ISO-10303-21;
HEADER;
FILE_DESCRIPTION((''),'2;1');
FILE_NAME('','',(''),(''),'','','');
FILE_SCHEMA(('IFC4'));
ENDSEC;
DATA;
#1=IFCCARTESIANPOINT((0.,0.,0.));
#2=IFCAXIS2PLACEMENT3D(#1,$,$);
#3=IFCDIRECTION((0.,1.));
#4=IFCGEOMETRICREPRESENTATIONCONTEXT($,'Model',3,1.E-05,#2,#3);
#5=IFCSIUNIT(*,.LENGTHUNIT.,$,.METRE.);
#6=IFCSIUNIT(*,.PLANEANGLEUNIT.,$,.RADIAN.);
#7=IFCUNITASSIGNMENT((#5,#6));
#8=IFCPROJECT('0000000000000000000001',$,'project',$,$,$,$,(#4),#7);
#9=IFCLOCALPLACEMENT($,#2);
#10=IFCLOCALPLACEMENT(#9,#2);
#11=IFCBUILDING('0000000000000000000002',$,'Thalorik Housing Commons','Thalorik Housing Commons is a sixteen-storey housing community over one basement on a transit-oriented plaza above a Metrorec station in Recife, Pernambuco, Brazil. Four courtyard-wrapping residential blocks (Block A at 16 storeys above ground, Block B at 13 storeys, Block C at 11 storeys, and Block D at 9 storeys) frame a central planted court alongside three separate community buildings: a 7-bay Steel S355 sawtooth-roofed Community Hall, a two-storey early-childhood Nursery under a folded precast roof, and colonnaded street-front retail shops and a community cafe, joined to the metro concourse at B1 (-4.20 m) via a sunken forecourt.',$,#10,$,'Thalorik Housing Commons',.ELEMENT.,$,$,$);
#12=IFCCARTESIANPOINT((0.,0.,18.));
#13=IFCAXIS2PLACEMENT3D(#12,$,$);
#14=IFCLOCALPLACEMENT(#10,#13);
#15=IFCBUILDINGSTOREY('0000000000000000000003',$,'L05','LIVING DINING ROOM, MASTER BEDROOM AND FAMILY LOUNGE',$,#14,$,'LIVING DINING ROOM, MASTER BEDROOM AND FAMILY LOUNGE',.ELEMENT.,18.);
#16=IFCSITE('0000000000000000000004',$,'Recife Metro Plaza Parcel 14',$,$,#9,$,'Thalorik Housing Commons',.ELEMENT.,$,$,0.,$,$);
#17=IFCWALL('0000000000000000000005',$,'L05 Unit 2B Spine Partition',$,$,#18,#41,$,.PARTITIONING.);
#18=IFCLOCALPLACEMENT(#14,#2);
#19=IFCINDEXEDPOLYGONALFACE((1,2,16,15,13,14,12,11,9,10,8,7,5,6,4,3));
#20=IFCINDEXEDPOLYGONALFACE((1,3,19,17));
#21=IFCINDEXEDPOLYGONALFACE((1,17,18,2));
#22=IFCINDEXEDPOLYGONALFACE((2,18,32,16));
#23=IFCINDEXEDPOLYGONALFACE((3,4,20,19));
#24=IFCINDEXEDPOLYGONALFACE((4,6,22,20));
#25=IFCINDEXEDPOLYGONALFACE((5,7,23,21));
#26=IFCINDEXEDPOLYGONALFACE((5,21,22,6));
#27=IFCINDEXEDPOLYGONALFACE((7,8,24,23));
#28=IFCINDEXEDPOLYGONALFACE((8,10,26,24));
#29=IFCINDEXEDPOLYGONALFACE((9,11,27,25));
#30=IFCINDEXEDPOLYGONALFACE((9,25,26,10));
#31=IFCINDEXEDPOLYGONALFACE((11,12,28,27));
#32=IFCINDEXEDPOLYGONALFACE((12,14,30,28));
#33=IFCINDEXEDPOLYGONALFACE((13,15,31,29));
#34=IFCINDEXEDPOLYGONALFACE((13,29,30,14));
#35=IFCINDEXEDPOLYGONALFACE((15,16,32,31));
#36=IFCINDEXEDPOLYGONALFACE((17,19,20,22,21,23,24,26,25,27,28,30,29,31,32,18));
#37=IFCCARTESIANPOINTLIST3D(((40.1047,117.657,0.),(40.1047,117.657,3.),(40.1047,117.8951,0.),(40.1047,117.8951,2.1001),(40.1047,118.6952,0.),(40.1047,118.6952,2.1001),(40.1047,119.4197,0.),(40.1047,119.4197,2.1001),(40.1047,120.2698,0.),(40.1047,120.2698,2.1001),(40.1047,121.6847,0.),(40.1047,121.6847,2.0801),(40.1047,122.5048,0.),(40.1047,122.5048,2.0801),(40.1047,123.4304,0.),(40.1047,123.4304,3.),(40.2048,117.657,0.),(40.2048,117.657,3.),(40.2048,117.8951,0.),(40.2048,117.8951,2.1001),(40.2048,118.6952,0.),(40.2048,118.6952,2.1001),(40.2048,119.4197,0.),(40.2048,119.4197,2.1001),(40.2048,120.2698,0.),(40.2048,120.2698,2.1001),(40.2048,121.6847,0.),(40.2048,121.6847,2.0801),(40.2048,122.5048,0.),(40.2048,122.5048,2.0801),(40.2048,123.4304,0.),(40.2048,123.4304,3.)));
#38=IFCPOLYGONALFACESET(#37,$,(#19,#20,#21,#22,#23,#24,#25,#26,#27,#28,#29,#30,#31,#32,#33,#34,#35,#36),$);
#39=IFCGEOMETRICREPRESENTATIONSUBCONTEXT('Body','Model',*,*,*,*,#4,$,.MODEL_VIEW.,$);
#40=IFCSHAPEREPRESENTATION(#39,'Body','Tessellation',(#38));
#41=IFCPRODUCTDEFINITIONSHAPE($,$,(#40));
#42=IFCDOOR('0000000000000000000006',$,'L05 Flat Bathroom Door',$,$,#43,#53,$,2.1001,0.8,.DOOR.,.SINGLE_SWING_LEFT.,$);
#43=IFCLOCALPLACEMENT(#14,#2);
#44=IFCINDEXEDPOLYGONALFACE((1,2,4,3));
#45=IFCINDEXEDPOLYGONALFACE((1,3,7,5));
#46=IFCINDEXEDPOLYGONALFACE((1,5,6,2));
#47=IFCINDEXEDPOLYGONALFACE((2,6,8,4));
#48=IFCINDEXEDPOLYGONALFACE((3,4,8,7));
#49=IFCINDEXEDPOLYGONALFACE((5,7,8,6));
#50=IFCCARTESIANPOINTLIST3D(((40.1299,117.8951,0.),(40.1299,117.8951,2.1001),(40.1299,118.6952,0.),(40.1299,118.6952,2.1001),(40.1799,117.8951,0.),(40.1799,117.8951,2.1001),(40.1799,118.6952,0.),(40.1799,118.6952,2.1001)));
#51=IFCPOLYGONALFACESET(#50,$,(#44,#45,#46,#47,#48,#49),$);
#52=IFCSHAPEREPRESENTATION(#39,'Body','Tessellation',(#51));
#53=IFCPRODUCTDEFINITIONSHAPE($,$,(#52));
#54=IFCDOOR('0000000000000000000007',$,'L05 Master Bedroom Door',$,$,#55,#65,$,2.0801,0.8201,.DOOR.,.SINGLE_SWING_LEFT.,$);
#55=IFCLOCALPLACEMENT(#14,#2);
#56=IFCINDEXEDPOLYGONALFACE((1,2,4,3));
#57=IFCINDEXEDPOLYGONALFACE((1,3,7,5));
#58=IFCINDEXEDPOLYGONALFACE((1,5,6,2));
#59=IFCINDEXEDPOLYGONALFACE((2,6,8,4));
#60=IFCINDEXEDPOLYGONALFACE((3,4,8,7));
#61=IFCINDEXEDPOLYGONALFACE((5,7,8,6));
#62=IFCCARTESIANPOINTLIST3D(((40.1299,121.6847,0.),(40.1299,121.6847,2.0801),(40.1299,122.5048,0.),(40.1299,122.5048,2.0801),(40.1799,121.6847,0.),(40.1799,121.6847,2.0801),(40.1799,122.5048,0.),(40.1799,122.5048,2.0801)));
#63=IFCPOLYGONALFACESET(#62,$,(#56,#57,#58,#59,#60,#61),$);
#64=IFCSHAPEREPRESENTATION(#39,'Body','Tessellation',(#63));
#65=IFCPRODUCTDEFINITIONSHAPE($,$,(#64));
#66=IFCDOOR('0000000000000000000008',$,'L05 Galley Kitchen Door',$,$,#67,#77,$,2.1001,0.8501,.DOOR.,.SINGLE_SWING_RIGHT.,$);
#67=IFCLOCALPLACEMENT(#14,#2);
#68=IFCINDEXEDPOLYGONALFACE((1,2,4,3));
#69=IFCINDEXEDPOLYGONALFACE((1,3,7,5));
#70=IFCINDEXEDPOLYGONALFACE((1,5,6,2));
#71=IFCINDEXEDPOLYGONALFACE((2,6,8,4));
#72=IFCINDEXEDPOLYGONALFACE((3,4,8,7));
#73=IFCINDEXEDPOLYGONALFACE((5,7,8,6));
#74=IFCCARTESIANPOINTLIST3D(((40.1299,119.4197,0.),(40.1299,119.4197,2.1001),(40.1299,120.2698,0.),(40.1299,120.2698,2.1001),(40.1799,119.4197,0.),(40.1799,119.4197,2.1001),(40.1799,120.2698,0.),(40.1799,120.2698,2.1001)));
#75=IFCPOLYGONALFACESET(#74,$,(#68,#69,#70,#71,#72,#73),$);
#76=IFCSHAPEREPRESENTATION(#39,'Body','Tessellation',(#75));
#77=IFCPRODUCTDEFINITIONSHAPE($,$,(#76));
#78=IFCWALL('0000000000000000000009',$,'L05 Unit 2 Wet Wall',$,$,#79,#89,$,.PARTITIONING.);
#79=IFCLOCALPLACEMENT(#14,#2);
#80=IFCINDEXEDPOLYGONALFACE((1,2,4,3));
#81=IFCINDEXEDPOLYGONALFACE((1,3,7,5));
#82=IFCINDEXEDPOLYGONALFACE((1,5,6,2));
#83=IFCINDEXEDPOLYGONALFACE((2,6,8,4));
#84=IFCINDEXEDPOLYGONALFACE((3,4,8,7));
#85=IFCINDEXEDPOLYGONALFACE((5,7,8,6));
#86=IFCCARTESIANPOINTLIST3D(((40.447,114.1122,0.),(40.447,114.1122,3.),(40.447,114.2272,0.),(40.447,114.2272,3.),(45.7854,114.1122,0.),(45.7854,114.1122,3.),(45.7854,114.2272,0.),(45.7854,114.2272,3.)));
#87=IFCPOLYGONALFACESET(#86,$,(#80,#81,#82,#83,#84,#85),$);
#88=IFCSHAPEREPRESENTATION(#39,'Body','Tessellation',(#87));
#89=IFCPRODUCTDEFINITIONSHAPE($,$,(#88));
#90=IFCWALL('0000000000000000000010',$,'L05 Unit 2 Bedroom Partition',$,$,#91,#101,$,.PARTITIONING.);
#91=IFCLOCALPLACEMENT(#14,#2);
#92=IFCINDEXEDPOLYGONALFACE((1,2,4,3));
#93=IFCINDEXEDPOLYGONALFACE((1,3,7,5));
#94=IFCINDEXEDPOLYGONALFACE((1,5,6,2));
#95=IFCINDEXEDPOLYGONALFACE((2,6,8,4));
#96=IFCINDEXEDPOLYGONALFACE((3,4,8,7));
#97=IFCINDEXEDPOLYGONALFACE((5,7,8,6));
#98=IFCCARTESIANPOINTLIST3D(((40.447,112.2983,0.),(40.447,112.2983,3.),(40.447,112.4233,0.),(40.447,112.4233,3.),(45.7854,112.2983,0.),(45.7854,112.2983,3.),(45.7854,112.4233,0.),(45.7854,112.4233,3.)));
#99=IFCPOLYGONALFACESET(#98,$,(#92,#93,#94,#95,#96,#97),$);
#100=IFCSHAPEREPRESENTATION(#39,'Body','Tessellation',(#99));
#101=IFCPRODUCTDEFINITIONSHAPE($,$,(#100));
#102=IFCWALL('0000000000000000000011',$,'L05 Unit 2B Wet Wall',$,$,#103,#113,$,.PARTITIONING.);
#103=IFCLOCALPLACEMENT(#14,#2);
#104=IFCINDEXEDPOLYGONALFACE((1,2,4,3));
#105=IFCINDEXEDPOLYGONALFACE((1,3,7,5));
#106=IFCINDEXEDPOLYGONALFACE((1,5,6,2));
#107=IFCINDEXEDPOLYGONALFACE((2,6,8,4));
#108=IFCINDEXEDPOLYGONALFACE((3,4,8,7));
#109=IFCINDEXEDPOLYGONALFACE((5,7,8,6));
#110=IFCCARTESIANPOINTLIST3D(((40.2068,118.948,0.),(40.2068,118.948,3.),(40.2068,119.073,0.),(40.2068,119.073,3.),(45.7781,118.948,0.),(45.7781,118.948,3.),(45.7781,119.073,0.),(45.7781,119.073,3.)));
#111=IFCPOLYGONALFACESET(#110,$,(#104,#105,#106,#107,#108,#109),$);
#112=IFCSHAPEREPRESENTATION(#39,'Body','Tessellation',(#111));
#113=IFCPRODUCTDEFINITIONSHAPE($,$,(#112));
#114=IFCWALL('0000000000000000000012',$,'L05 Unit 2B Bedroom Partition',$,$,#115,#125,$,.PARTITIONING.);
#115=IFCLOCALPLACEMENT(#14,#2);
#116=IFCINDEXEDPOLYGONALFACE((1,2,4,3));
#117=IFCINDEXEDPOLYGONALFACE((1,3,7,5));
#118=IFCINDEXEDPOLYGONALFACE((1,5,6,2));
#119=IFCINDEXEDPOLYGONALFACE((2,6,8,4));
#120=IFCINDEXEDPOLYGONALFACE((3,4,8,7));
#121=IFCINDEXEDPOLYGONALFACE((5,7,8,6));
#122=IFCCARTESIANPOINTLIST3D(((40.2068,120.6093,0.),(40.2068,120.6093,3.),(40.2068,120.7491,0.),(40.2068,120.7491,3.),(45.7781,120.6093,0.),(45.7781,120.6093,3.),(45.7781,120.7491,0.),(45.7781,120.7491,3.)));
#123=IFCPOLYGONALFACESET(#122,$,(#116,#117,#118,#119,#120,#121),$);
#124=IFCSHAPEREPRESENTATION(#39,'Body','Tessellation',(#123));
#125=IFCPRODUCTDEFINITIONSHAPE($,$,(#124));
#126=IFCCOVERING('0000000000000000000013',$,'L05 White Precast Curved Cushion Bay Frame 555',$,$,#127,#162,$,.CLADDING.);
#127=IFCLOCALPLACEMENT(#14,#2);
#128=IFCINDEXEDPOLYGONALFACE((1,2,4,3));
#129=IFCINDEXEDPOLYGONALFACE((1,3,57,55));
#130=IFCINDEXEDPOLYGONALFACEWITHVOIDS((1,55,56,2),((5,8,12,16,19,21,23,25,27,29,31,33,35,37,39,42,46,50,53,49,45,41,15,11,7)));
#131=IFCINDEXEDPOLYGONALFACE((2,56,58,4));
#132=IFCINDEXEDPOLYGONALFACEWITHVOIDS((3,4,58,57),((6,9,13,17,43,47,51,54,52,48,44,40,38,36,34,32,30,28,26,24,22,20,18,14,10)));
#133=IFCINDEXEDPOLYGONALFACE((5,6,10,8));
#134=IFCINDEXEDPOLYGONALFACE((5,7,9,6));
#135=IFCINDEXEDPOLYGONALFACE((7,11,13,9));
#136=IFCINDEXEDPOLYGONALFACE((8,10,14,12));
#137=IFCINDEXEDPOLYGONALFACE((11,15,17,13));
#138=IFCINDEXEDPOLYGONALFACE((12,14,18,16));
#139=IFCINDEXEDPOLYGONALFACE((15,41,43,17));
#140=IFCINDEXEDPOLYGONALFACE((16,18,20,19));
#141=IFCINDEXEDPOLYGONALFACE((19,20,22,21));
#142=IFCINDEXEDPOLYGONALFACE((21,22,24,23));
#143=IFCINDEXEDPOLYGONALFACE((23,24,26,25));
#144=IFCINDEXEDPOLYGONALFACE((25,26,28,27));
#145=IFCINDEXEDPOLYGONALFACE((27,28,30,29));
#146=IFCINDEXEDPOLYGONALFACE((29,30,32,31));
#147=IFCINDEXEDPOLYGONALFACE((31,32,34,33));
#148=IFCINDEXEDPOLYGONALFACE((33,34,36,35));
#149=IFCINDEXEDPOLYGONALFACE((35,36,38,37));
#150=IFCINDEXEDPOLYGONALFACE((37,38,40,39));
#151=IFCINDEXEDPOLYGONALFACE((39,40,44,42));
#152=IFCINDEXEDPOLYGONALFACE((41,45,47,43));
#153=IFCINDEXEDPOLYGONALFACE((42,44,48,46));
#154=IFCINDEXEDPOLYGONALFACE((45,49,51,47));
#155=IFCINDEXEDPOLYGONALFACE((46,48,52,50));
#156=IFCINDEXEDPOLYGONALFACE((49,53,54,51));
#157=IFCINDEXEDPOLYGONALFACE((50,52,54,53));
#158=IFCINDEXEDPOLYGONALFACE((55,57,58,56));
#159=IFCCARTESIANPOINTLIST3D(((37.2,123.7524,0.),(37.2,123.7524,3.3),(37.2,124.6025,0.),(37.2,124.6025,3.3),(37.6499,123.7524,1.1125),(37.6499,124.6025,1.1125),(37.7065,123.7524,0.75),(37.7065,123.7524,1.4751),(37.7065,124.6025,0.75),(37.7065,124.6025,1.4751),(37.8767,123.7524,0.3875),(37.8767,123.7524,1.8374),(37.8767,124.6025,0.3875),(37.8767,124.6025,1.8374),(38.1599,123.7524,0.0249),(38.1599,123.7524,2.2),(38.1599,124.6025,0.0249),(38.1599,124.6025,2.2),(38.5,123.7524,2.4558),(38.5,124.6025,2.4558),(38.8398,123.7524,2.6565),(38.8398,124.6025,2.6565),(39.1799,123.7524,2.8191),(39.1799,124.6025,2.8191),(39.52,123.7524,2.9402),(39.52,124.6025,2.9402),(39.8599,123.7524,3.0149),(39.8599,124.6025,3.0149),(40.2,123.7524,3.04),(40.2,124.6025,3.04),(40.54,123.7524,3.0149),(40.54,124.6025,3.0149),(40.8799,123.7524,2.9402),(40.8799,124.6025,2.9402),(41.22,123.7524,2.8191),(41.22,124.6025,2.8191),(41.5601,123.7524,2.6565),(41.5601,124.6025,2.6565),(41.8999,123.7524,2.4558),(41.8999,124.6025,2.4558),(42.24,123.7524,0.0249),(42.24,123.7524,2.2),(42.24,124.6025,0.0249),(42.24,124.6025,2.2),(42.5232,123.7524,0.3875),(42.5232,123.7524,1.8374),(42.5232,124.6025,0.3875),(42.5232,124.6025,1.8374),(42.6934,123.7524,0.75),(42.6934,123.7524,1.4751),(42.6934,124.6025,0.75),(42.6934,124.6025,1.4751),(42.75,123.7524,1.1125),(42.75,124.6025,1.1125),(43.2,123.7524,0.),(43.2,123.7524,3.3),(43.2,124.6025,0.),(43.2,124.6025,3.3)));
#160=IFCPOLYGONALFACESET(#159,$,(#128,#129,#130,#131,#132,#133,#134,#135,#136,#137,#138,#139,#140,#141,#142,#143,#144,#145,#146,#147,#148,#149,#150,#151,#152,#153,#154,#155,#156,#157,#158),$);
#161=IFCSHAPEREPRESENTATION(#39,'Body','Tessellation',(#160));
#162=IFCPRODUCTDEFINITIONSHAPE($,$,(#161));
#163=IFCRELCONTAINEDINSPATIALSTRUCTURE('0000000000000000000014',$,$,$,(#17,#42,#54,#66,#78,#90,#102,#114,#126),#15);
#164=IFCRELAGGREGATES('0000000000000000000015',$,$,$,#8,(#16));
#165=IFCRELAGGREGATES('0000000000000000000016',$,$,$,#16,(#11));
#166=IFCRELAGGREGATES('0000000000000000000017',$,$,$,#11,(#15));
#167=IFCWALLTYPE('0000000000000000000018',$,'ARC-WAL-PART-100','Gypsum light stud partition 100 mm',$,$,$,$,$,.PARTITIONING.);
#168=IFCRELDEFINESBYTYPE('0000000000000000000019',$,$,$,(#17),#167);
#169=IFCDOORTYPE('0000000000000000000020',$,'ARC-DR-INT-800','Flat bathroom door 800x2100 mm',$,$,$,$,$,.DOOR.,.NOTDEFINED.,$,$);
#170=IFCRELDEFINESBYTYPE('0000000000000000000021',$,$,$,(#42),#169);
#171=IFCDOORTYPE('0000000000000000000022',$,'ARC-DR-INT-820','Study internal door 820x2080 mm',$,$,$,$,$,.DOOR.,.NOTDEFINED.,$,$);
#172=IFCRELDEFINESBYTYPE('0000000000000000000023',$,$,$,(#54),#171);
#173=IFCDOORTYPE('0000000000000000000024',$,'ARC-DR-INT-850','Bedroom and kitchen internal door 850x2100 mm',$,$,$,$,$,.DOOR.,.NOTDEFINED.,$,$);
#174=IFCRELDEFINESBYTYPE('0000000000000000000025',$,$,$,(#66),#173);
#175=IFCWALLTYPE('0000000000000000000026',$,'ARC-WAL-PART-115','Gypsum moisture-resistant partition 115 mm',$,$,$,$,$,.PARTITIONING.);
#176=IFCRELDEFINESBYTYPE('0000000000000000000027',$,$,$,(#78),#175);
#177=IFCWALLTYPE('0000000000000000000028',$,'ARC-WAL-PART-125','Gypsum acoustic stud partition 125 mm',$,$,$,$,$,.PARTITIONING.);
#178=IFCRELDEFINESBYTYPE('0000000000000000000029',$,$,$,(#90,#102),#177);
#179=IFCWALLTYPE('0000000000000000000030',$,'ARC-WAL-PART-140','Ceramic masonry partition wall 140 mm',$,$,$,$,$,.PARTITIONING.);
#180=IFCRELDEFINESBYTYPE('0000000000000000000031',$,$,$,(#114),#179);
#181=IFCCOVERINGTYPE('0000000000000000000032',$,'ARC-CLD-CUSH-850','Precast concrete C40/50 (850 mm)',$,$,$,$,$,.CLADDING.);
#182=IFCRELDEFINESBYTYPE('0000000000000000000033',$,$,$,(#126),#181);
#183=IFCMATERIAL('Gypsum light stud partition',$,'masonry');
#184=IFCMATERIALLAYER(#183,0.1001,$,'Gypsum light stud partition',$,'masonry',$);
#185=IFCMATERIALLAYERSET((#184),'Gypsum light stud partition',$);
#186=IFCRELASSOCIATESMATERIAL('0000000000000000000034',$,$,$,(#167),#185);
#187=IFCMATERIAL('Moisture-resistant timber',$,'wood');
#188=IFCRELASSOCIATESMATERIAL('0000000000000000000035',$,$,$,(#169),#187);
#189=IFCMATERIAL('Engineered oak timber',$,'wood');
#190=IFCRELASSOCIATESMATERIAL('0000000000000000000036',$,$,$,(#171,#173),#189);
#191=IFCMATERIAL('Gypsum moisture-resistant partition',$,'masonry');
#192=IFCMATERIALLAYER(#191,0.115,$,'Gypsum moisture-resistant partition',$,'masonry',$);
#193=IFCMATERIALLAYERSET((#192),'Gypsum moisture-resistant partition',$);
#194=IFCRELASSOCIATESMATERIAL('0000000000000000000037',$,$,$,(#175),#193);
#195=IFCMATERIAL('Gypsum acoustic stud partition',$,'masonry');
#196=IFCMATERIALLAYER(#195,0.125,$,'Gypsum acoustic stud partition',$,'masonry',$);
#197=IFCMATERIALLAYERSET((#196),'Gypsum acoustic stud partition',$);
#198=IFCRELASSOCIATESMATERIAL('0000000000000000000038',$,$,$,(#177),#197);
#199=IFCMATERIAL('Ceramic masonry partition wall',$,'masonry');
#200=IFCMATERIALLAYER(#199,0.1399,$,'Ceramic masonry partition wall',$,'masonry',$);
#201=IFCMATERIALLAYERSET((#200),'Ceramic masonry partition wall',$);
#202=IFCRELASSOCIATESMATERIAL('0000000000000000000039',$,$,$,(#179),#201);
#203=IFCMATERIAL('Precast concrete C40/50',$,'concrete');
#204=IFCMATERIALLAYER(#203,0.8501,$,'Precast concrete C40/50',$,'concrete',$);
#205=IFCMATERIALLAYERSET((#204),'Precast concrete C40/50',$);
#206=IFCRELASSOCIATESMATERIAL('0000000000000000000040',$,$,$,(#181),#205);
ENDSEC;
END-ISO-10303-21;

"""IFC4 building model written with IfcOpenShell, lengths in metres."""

from ifc_helpers import new_model, si_unit, direction, frame, frame_2d, origin, place, context, subcontext, project, spatial, polyline, rectangle, outline, extrude, material, layer, layer_set, type_object, element, fill, save


model = new_model("IFC4")

# Units and contexts
model_context = context("Model", 3, precision=1e-05, world=origin(), true_north=direction((0.0, 1.0)))
body_context = subcontext(model_context, "Body", "Model", "MODEL_VIEW")
ifc_project = project(units=[si_unit("LENGTHUNIT", "METRE"), si_unit("PLANEANGLEUNIT", "RADIAN")], contexts=[model_context])

# Site, building, storey
site_placement = place(None, origin())
site = spatial("IfcSite", under=ifc_project, at=site_placement, Name="Recife Metro Plaza Parcel 14", LongName="Thalorik Housing Commons", CompositionType="ELEMENT", RefElevation=0.0)
building_placement = place(site_placement, origin())
building = spatial("IfcBuilding", under=site, at=building_placement, Name="Thalorik Housing Commons", Description="Thalorik Housing Commons is a sixteen-storey housing community over one basement on a transit-oriented plaza above a Metrorec station in Recife, Pernambuco, Brazil. Four courtyard-wrapping residential blocks (Block A at 16 storeys above ground, Block B at 13 storeys, Block C at 11 storeys, and Block D at 9 storeys) frame a central planted court alongside three separate community buildings: a 7-bay Steel S355 sawtooth-roofed Community Hall, a two-storey early-childhood Nursery under a folded precast roof, and colonnaded street-front retail shops and a community cafe, joined to the metro concourse at B1 (-4.20 m) via a sunken forecourt.", LongName="Thalorik Housing Commons", CompositionType="ELEMENT")
storey_placement = place(building_placement, frame((0.0, 0.0, 18.0)))
storey = spatial("IfcBuildingStorey", under=building, at=storey_placement, Name="L05", Description="LIVING DINING ROOM, MASTER BEDROOM AND FAMILY LOUNGE", LongName="LIVING DINING ROOM, MASTER BEDROOM AND FAMILY LOUNGE", CompositionType="ELEMENT", Elevation=18.0)

# Shared definitions
ifc_material_1 = material(Name="Precast concrete C40/50", Category="concrete")

# Wall, openings, doors
ifc_material_2 = material(Name="Gypsum light stud partition", Category="masonry")
ifc_layer_1 = layer(ifc_material_2, 0.1001, Name="Gypsum light stud partition", Category="masonry")
ifc_layer_set_1 = layer_set([ifc_layer_1], Name="Gypsum light stud partition")
wall_type_1 = type_object("IfcWallType", Name="ARC-WAL-PART-100", Description="Gypsum light stud partition 100 mm", PredefinedType="PARTITIONING", material=ifc_layer_set_1)
wall_1_placement = place(storey_placement, frame((40.1548, 117.657, 0.0), z_axis=(0.0, 0.0, 1.0), x_axis=(0.0, 1.0, 0.0)))
wall_1 = element("IfcWall", 1, at=wall_1_placement, inside=storey, type_object=wall_type_1, Name="L05 Unit 2B Spine Partition", PredefinedType="PARTITIONING", context=body_context, shape_type="SweptSolid", body=[
    extrude(rectangle(XDim=5.7734, YDim=0.1001, at=frame_2d((2.8867, 0.0))), origin(), (0.0, 0.0, 1.0), 3.0),
])
opening_1_placement = place(wall_1_placement, frame((0.2383, 0.0, 0.0)))
opening_1 = element("IfcOpeningElement", 2, at=opening_1_placement, cuts=wall_1, PredefinedType="OPENING", context=body_context, shape_type="SweptSolid", body=[
    extrude(rectangle(XDim=0.8, YDim=2.1001, at=frame_2d((0.3999, 1.05))), frame((0.0, 0.0601, 0.0), z_axis=(0.0, -1.0, 0.0), x_axis=(1.0, 0.0, 0.0)), (0.0, 0.0, 1.0), 0.1201),
])
opening_2_placement = place(wall_1_placement, frame((1.7627, 0.0, 0.0)))
opening_2 = element("IfcOpeningElement", 3, at=opening_2_placement, cuts=wall_1, PredefinedType="OPENING", context=body_context, shape_type="SweptSolid", body=[
    extrude(rectangle(XDim=0.8501, YDim=2.1001, at=frame_2d((0.425, 1.05))), frame((0.0, 0.0601, 0.0), z_axis=(0.0, -1.0, 0.0), x_axis=(1.0, 0.0, 0.0)), (0.0, 0.0, 1.0), 0.1201),
])
opening_3_placement = place(wall_1_placement, frame((4.0276, 0.0, 0.0)))
opening_3 = element("IfcOpeningElement", 4, at=opening_3_placement, cuts=wall_1, PredefinedType="OPENING", context=body_context, shape_type="SweptSolid", body=[
    extrude(rectangle(XDim=0.8201, YDim=2.0801, at=frame_2d((0.4102, 1.04))), frame((0.0, 0.0601, 0.0), z_axis=(0.0, -1.0, 0.0), x_axis=(1.0, 0.0, 0.0)), (0.0, 0.0, 1.0), 0.1201),
])
ifc_material_3 = material(Name="Moisture-resistant timber", Category="wood")
door_type_1 = type_object("IfcDoorType", Name="ARC-DR-INT-800", Description="Flat bathroom door 800x2100 mm", OperationType="NOTDEFINED", PredefinedType="DOOR", material=ifc_material_3)
door_1_placement = place(opening_1_placement, origin())
door_1 = element("IfcDoor", 5, at=door_1_placement, inside=storey, type_object=door_type_1, Name="L05 Flat Bathroom Door", OperationType="SINGLE_SWING_LEFT", OverallHeight=2.1001, OverallWidth=0.8, PredefinedType="DOOR", context=body_context, shape_type="SweptSolid", body=[
    extrude(rectangle(XDim=0.8, YDim=2.1001, at=frame_2d((0.3999, 1.05))), frame((0.0, 0.0249, 0.0), z_axis=(0.0, -1.0, 0.0), x_axis=(1.0, 0.0, 0.0)), (0.0, 0.0, 1.0), 0.05),
])
fill(opening_1, door_1)
ifc_material_4 = material(Name="Engineered oak timber", Category="wood")
door_type_2 = type_object("IfcDoorType", Name="ARC-DR-INT-820", Description="Study internal door 820x2080 mm", OperationType="NOTDEFINED", PredefinedType="DOOR", material=ifc_material_4)
door_2_placement = place(opening_3_placement, origin())
door_2 = element("IfcDoor", 6, at=door_2_placement, inside=storey, type_object=door_type_2, Name="L05 Master Bedroom Door", OperationType="SINGLE_SWING_LEFT", OverallHeight=2.0801, OverallWidth=0.8201, PredefinedType="DOOR", context=body_context, shape_type="SweptSolid", body=[
    extrude(rectangle(XDim=0.8201, YDim=2.0801, at=frame_2d((0.4102, 1.04))), frame((0.0, 0.0249, 0.0), z_axis=(0.0, -1.0, 0.0), x_axis=(1.0, 0.0, 0.0)), (0.0, 0.0, 1.0), 0.05),
])
fill(opening_3, door_2)
door_type_3 = type_object("IfcDoorType", Name="ARC-DR-INT-850", Description="Bedroom and kitchen internal door 850x2100 mm", OperationType="NOTDEFINED", PredefinedType="DOOR", material=ifc_material_4)
door_3_placement = place(opening_2_placement, origin())
door_3 = element("IfcDoor", 7, at=door_3_placement, inside=storey, type_object=door_type_3, Name="L05 Galley Kitchen Door", OperationType="SINGLE_SWING_RIGHT", OverallHeight=2.1001, OverallWidth=0.8501, PredefinedType="DOOR", context=body_context, shape_type="SweptSolid", body=[
    extrude(rectangle(XDim=0.8501, YDim=2.1001, at=frame_2d((0.425, 1.05))), frame((0.0, 0.0249, 0.0), z_axis=(0.0, -1.0, 0.0), x_axis=(1.0, 0.0, 0.0)), (0.0, 0.0, 1.0), 0.05),
])
fill(opening_2, door_3)

# Walls
ifc_material_5 = material(Name="Gypsum moisture-resistant partition", Category="masonry")
ifc_layer_2 = layer(ifc_material_5, 0.115, Name="Gypsum moisture-resistant partition", Category="masonry")
ifc_layer_set_2 = layer_set([ifc_layer_2], Name="Gypsum moisture-resistant partition")
wall_type_2 = type_object("IfcWallType", Name="ARC-WAL-PART-115", Description="Gypsum moisture-resistant partition 115 mm", PredefinedType="PARTITIONING", material=ifc_layer_set_2)
wall_2_placement = place(storey_placement, frame((40.447, 114.1697, 0.0), z_axis=(0.0, 0.0, 1.0), x_axis=(1.0, 0.0, 0.0)))
element("IfcWall", 8, at=wall_2_placement, inside=storey, type_object=wall_type_2, Name="L05 Unit 2 Wet Wall", PredefinedType="PARTITIONING", context=body_context, shape_type="SweptSolid", body=[
    extrude(rectangle(XDim=5.3384, YDim=0.115, at=frame_2d((2.6692, 0.0))), origin(), (0.0, 0.0, 1.0), 3.0),
])
ifc_material_6 = material(Name="Gypsum acoustic stud partition", Category="masonry")
ifc_layer_3 = layer(ifc_material_6, 0.125, Name="Gypsum acoustic stud partition", Category="masonry")
ifc_layer_set_3 = layer_set([ifc_layer_3], Name="Gypsum acoustic stud partition")
wall_type_3 = type_object("IfcWallType", Name="ARC-WAL-PART-125", Description="Gypsum acoustic stud partition 125 mm", PredefinedType="PARTITIONING", material=ifc_layer_set_3)
wall_3_placement = place(storey_placement, frame((40.447, 112.3608, 0.0), z_axis=(0.0, 0.0, 1.0), x_axis=(1.0, 0.0, 0.0)))
element("IfcWall", 9, at=wall_3_placement, inside=storey, type_object=wall_type_3, Name="L05 Unit 2 Bedroom Partition", PredefinedType="PARTITIONING", context=body_context, shape_type="SweptSolid", body=[
    extrude(rectangle(XDim=5.3384, YDim=0.125, at=frame_2d((2.6692, 0.0))), origin(), (0.0, 0.0, 1.0), 3.0),
])
wall_4_placement = place(storey_placement, frame((40.2068, 119.0105, 0.0), z_axis=(0.0, 0.0, 1.0), x_axis=(1.0, 0.0, 0.0)))
element("IfcWall", 10, at=wall_4_placement, inside=storey, type_object=wall_type_3, Name="L05 Unit 2B Wet Wall", PredefinedType="PARTITIONING", context=body_context, shape_type="SweptSolid", body=[
    extrude(rectangle(XDim=5.5713, YDim=0.125, at=frame_2d((2.7856, 0.0))), origin(), (0.0, 0.0, 1.0), 3.0),
])
ifc_material_7 = material(Name="Ceramic masonry partition wall", Category="masonry")
ifc_layer_4 = layer(ifc_material_7, 0.1399, Name="Ceramic masonry partition wall", Category="masonry")
ifc_layer_set_4 = layer_set([ifc_layer_4], Name="Ceramic masonry partition wall")
wall_type_4 = type_object("IfcWallType", Name="ARC-WAL-PART-140", Description="Ceramic masonry partition wall 140 mm", PredefinedType="PARTITIONING", material=ifc_layer_set_4)
wall_5_placement = place(storey_placement, frame((40.2068, 120.6792, 0.0), z_axis=(0.0, 0.0, 1.0), x_axis=(1.0, 0.0, 0.0)))
element("IfcWall", 11, at=wall_5_placement, inside=storey, type_object=wall_type_4, Name="L05 Unit 2B Bedroom Partition", PredefinedType="PARTITIONING", context=body_context, shape_type="SweptSolid", body=[
    extrude(rectangle(XDim=5.5713, YDim=0.1399, at=frame_2d((2.7856, 0.0))), origin(), (0.0, 0.0, 1.0), 3.0),
])

# Covering
ifc_layer_5 = layer(ifc_material_1, 0.8501, Name="Precast concrete C40/50", Category="concrete")
ifc_layer_set_5 = layer_set([ifc_layer_5], Name="Precast concrete C40/50")
covering_type_1 = type_object("IfcCoveringType", Name="ARC-CLD-CUSH-850", Description="Precast concrete C40/50 (850 mm)", PredefinedType="CLADDING", material=ifc_layer_set_5)
covering_1_placement = place(storey_placement, frame((40.2, 124.1775, 0.0), z_axis=(0.0, 0.0, 1.0), x_axis=(-1.0, 0.0, 0.0)))
element("IfcCovering", 12, at=covering_1_placement, inside=storey, type_object=covering_type_1, Name="L05 White Precast Curved Cushion Bay Frame 555", PredefinedType="CLADDING", context=body_context, shape_type="SweptSolid", body=[
    extrude(outline(polyline([(-3.0, 0.0), (3.0, 0.0), (3.0, 3.3), (-3.0, 3.3), (-3.0, 0.0)]), holes=[polyline([(2.04, 0.0249), (2.3232, 0.3875), (2.4934, 0.75), (2.55, 1.1125), (2.4934, 1.4751), (2.3232, 1.8374), (2.04, 2.2), (1.7, 2.4558), (1.3601, 2.6565), (1.02, 2.8191), (0.6799, 2.9402), (0.3401, 3.0149), (0.0, 3.04), (-0.3401, 3.0149), (-0.6799, 2.9402), (-1.02, 2.8191), (-1.3601, 2.6565), (-1.7, 2.4558), (-2.04, 2.2), (-2.3232, 1.8374), (-2.4934, 1.4751), (-2.55, 1.1125), (-2.4934, 0.75), (-2.3232, 0.3875), (-2.04, 0.0249), (2.04, 0.0249)])]), frame((0.0, 0.425, 0.0), z_axis=(0.0, -1.0, 0.0), x_axis=(1.0, 0.0, 0.0)), (0.0, 0.0, 1.0), 0.8501),
])

save(model, "model.ifc")
